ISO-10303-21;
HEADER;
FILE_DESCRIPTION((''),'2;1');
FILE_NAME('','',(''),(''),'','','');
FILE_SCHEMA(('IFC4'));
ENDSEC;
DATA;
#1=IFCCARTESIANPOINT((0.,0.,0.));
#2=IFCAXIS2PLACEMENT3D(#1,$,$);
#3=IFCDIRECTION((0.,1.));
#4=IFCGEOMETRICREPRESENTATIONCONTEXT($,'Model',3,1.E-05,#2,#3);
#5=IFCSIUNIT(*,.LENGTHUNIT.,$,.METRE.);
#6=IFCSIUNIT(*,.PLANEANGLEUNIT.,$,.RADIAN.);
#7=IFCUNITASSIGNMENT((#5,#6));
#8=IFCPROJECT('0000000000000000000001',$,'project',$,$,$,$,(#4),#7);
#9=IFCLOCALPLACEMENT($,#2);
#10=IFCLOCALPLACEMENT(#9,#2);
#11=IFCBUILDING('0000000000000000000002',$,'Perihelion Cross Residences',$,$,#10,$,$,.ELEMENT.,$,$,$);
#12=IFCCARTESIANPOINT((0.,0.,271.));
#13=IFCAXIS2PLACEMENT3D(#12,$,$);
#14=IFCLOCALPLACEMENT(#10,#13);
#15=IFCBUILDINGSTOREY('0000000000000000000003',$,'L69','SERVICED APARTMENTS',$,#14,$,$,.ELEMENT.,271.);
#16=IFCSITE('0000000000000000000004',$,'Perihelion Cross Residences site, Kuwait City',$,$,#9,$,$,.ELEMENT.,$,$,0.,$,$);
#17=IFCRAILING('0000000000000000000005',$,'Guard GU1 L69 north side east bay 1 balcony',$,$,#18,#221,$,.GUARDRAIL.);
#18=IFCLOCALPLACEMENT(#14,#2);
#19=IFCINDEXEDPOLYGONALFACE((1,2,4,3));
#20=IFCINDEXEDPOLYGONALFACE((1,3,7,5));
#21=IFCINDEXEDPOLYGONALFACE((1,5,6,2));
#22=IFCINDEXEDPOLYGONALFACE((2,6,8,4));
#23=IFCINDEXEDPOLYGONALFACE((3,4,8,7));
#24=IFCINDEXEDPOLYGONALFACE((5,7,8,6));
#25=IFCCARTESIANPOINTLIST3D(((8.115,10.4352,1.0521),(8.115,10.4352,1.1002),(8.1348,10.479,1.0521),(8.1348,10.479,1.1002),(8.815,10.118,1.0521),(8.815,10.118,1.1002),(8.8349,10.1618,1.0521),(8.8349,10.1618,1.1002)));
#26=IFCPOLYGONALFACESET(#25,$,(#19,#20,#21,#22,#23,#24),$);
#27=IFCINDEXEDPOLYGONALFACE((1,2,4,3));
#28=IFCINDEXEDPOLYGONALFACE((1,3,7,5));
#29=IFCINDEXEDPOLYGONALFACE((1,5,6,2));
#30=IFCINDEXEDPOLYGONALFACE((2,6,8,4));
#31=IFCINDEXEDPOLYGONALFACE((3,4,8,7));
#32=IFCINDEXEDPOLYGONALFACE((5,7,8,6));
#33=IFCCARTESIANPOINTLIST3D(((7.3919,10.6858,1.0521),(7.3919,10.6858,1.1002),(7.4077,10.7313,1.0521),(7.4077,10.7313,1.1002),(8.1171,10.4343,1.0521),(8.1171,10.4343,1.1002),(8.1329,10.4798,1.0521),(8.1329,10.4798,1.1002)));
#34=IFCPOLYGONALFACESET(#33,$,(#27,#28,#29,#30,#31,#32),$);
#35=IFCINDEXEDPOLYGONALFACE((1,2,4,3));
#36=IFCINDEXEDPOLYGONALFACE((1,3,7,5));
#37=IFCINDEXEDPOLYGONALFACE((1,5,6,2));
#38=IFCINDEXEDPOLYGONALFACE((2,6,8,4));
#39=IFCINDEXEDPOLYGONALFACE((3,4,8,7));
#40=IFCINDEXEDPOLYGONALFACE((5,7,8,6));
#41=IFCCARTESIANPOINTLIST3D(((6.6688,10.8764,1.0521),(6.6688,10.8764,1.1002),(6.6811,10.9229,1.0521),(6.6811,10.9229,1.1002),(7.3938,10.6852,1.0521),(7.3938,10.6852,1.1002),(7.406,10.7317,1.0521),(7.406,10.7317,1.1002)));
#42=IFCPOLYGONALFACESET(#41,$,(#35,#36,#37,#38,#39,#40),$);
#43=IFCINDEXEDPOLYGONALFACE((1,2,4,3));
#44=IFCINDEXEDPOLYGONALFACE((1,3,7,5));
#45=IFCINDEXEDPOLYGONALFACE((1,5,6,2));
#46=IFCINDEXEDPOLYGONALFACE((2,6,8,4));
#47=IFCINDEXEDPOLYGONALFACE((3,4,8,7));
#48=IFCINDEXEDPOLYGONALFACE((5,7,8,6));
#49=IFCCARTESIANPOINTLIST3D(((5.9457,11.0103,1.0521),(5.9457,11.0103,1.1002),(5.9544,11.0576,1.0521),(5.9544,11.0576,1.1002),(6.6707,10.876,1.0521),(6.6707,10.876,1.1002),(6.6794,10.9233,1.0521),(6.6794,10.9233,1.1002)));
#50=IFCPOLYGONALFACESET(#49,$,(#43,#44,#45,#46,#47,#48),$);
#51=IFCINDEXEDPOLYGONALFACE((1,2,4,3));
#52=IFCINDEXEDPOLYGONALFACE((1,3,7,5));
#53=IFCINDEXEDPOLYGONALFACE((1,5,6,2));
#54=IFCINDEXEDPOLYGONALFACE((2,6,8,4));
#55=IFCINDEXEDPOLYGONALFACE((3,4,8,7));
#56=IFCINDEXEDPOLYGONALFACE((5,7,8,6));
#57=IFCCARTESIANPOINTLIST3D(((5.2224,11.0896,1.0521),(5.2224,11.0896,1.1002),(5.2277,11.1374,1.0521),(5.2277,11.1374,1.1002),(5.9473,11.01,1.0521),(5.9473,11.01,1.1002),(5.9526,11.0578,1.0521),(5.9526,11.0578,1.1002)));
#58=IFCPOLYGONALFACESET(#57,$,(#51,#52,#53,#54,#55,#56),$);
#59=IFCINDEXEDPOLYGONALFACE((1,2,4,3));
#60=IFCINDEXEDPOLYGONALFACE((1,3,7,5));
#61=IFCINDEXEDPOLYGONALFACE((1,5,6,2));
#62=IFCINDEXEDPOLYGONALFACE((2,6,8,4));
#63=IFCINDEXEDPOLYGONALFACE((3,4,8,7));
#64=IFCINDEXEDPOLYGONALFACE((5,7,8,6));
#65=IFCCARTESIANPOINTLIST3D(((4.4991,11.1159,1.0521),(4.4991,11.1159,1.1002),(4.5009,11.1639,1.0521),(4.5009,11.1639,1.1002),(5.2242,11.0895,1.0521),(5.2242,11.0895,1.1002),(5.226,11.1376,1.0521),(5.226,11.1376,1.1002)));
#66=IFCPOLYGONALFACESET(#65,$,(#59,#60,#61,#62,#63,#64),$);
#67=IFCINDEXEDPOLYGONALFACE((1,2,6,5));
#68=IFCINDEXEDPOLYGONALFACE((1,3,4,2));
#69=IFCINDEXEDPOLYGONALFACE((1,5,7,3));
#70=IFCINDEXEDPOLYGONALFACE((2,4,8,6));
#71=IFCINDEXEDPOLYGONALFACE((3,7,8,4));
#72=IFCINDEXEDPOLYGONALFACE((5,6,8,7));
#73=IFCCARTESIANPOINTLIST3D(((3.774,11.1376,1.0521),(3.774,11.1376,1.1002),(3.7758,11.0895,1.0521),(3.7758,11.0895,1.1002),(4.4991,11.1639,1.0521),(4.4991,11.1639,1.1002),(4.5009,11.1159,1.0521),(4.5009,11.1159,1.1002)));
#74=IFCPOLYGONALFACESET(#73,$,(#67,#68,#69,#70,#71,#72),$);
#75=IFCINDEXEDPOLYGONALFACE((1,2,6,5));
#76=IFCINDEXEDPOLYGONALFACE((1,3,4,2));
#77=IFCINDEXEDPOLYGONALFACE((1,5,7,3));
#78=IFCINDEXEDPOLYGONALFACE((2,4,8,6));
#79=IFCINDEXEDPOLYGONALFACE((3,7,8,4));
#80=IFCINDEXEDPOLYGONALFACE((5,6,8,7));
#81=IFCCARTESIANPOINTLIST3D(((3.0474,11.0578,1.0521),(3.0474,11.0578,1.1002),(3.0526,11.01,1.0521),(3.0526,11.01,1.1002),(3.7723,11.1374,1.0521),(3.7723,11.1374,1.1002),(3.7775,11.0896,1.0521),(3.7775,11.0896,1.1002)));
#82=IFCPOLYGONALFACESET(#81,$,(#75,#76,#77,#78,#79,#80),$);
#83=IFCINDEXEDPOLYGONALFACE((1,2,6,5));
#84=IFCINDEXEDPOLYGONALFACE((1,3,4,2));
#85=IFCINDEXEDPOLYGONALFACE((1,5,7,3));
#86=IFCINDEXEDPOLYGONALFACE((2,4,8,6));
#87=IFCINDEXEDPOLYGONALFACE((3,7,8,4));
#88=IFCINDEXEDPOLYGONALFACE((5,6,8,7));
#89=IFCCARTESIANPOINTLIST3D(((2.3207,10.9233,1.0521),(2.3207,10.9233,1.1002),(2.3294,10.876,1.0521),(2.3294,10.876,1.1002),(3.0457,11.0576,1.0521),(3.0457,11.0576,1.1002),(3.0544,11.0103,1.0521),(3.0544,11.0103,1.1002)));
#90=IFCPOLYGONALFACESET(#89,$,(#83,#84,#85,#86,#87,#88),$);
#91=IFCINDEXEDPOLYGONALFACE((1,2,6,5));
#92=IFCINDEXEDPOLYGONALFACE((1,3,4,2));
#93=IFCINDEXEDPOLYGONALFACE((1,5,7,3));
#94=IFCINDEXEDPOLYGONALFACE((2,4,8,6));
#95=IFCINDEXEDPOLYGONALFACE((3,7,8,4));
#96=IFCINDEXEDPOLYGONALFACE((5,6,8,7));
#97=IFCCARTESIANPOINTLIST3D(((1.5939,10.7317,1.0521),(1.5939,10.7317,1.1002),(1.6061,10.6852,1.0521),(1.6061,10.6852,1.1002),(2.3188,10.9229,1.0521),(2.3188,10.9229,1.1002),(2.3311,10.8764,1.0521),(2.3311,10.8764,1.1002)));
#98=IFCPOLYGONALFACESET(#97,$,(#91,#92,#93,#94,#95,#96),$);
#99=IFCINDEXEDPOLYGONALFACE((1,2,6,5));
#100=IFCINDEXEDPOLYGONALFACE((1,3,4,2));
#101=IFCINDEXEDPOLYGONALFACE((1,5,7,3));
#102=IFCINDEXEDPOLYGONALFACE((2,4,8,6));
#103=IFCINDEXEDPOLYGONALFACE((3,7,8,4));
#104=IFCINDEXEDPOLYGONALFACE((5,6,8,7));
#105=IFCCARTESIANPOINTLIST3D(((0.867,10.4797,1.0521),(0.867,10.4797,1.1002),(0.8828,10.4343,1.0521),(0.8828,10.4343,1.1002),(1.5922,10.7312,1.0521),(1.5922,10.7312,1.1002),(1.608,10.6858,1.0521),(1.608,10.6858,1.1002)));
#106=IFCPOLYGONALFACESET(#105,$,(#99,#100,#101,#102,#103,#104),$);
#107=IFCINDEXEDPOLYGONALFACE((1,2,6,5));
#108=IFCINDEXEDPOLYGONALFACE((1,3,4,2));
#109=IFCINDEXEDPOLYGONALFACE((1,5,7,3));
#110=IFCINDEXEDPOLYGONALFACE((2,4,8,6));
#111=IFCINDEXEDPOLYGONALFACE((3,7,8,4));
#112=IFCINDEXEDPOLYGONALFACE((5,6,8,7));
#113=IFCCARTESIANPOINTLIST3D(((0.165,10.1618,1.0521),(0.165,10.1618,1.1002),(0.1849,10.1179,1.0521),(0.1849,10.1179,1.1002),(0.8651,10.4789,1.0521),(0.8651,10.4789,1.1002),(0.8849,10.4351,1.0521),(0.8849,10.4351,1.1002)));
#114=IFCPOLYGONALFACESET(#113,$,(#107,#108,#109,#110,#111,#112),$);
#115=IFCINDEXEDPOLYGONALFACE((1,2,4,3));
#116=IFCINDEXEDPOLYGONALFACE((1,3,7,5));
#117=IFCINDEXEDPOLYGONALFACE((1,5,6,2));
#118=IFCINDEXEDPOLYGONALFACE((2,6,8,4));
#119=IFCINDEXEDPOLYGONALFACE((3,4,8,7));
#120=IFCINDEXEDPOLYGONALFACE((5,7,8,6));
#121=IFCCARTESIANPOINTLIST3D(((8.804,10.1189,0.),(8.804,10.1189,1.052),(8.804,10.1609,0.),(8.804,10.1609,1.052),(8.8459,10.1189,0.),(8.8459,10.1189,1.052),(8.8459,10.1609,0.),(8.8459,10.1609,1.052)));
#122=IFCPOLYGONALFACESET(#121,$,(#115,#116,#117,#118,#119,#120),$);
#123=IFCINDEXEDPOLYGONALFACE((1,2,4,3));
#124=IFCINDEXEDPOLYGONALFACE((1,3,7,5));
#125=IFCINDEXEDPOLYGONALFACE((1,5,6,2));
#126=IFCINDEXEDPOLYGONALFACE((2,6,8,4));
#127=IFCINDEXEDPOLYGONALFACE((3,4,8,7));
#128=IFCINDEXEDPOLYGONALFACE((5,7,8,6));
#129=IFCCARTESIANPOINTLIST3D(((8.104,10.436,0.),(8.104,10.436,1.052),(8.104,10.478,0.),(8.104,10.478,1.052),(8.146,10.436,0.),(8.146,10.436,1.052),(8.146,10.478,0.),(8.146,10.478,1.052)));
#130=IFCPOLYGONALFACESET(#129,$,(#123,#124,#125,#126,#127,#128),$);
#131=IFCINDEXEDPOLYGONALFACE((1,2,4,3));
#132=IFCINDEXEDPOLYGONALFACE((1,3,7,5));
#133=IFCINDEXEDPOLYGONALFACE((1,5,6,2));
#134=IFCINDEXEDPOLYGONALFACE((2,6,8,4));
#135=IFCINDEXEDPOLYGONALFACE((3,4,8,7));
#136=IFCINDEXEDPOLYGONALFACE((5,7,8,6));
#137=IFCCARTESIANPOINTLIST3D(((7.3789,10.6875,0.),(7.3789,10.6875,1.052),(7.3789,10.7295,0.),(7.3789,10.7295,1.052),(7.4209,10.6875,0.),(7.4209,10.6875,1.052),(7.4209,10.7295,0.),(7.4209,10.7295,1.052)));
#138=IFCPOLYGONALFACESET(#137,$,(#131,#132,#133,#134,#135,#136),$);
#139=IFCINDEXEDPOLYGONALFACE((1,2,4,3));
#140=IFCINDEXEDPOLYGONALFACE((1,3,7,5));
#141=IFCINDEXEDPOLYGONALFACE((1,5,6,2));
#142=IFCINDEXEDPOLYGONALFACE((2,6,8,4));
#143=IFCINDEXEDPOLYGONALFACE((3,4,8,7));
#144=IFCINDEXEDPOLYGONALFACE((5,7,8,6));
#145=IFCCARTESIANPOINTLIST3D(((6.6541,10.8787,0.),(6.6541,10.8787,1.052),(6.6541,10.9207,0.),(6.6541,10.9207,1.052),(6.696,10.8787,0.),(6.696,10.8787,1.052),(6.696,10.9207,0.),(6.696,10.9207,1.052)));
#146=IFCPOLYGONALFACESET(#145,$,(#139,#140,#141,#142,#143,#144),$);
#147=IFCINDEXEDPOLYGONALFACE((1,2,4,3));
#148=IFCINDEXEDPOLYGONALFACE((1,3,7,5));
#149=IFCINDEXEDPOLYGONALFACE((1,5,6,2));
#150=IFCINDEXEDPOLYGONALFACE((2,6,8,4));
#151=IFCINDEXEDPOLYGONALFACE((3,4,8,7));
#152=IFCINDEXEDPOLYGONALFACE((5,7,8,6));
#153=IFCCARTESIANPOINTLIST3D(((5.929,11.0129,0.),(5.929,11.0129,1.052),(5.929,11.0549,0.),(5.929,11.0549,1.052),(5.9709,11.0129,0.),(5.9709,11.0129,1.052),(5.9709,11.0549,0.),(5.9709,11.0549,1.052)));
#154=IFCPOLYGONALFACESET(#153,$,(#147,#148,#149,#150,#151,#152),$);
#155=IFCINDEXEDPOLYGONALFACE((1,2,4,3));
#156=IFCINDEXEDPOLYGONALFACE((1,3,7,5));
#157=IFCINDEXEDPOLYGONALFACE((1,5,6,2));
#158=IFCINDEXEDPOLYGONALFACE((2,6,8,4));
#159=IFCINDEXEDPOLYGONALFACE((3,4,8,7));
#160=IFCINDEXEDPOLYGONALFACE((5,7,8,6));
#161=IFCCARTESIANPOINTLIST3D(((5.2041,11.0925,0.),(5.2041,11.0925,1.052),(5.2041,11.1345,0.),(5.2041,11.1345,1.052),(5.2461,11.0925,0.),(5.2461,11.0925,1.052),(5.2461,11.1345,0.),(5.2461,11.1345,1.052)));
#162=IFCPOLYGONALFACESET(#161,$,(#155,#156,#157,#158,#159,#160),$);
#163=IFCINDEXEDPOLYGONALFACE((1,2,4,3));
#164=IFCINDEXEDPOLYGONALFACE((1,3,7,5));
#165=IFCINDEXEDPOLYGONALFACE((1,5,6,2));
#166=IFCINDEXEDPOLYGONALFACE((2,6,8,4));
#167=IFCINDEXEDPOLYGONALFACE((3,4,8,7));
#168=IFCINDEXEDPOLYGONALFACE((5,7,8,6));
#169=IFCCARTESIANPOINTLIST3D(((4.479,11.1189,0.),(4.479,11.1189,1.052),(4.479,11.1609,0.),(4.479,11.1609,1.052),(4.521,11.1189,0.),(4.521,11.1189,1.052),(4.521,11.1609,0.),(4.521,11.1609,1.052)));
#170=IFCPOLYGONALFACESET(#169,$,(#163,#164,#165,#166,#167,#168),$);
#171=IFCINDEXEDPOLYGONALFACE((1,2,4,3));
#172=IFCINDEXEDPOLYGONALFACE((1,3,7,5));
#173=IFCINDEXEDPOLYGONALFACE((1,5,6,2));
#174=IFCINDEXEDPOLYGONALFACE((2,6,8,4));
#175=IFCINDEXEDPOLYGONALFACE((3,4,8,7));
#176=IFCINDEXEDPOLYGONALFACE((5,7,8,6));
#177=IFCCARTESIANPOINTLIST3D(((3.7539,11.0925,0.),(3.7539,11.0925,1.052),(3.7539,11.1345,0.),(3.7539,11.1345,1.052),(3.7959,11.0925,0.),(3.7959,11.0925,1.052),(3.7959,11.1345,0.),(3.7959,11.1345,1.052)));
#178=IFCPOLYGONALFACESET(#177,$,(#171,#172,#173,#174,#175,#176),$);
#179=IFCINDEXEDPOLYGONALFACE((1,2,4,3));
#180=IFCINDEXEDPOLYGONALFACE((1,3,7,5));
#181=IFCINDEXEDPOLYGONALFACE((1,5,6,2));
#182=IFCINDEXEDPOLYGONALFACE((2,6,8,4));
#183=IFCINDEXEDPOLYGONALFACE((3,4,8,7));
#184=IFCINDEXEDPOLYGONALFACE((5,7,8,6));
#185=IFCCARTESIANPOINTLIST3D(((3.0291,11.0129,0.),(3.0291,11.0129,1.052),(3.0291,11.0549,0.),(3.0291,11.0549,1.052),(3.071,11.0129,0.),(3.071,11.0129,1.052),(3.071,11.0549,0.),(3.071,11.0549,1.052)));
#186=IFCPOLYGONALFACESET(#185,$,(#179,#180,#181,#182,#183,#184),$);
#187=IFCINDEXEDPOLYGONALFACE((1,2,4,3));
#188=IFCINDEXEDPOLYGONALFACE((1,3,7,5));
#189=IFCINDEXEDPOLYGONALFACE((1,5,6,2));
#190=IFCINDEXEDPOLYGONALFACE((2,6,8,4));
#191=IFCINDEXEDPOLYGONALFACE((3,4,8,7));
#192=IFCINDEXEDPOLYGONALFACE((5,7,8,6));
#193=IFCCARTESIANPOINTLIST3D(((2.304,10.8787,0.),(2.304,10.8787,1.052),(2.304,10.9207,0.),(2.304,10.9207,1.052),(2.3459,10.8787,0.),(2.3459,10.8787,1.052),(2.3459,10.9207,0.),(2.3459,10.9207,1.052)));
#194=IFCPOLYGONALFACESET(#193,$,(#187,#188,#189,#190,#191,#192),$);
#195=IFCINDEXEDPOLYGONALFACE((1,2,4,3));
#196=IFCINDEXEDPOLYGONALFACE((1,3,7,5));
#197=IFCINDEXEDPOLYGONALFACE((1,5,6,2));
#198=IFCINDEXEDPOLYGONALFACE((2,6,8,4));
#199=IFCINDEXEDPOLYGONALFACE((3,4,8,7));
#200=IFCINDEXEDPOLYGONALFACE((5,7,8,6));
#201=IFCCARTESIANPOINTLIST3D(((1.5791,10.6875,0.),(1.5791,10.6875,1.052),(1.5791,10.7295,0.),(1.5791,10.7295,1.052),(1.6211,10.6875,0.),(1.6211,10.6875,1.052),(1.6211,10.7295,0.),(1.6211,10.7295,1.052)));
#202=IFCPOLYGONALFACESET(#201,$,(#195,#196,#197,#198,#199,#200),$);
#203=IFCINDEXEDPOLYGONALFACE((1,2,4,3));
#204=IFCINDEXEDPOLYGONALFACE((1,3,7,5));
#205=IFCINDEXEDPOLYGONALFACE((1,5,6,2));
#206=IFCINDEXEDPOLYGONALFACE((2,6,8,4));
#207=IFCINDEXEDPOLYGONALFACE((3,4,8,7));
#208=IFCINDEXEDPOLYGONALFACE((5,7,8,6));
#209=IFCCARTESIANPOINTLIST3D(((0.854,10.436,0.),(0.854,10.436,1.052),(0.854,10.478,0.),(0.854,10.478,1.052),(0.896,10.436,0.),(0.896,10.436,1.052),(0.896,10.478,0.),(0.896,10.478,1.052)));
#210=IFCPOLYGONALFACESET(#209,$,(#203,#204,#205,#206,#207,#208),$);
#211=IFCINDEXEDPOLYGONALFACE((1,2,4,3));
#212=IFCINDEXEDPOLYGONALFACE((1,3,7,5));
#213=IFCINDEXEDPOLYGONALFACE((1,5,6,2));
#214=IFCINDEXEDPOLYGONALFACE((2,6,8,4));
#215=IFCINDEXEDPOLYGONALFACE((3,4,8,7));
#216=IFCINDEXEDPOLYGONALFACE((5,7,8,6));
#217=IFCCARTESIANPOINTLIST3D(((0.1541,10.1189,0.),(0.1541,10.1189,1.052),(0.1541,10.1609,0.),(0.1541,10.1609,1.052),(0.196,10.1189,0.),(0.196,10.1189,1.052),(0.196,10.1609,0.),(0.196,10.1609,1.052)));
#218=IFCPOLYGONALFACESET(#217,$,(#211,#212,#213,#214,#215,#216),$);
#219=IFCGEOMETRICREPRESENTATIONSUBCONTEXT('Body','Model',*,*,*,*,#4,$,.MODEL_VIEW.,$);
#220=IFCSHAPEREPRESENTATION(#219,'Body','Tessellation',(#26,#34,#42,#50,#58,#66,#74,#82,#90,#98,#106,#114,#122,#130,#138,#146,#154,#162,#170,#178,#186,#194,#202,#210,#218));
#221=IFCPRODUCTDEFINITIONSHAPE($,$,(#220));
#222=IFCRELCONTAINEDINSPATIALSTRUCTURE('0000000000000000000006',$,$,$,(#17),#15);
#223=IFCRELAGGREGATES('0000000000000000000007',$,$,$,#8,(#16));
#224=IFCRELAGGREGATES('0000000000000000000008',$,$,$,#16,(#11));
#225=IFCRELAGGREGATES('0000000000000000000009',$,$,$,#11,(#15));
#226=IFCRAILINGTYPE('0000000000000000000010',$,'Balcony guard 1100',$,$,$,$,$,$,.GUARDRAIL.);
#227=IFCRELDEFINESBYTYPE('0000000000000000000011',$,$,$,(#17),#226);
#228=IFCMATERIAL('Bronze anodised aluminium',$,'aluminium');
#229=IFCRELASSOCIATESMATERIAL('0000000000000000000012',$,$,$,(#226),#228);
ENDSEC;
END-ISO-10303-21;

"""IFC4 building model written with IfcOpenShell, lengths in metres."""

from ifc_helpers import new_model, si_unit, direction, frame, origin, origin_2d, place, context, subcontext, project, spatial, rectangle, extrude, material, type_object, element, save


model = new_model("IFC4")

# Units and contexts
model_context = context("Model", 3, precision=1e-05, world=origin(), true_north=direction((0.0, 1.0)))
body_context = subcontext(model_context, "Body", "Model", "MODEL_VIEW")
ifc_project = project(units=[si_unit("LENGTHUNIT", "METRE"), si_unit("PLANEANGLEUNIT", "RADIAN")], contexts=[model_context])

# Site, building, storey
site_placement = place(None, origin())
site = spatial("IfcSite", under=ifc_project, at=site_placement, Name="Perihelion Cross Residences site, Kuwait City", CompositionType="ELEMENT", RefElevation=0.0)
building_placement = place(site_placement, origin())
building = spatial("IfcBuilding", under=site, at=building_placement, Name="Perihelion Cross Residences", CompositionType="ELEMENT")
storey_placement = place(building_placement, frame((0.0, 0.0, 271.0)))
storey = spatial("IfcBuildingStorey", under=building, at=storey_placement, Name="L69", Description="SERVICED APARTMENTS", CompositionType="ELEMENT", Elevation=271.0)

# Railing
ifc_material_1 = material(Name="Bronze anodised aluminium", Category="aluminium")
railing_type = type_object("IfcRailingType", Name="Balcony guard 1100", PredefinedType="GUARDRAIL", material=ifc_material_1)
railing_placement = place(storey_placement, frame((8.825, 10.1399, 0.0)))
element("IfcRailing", 1, at=railing_placement, inside=storey, type_object=railing_type, Name="Guard GU1 L69 north side east bay 1 balcony", PredefinedType="GUARDRAIL", context=body_context, shape_type="SweptSolid", body=[
    extrude(rectangle(XDim=0.0481, YDim=0.0481, at=origin_2d()), frame((0.0, 0.0, 1.0762), z_axis=(-0.910866, 0.412702, 0.0), x_axis=(-0.412702, -0.910866, 0.0)), (0.0, 0.0, 1.0), 0.7686),
    extrude(rectangle(XDim=0.0481, YDim=0.0481, at=origin_2d()), frame((-0.7, 0.3171, 1.0762), z_axis=(-0.944797, 0.327657, 0.0), x_axis=(-0.327657, -0.944797, 0.0)), (0.0, 0.0, 1.0), 0.7676),
    extrude(rectangle(XDim=0.0481, YDim=0.0481, at=origin_2d()), frame((-1.425, 0.5686, 1.0762), z_axis=(-0.966939, 0.255006, 0.0), x_axis=(-0.255006, -0.966939, 0.0)), (0.0, 0.0, 1.0), 0.7498),
    extrude(rectangle(XDim=0.0481, YDim=0.0481, at=origin_2d()), frame((-2.1499, 0.7598, 1.0762), z_axis=(-0.983282, 0.182089, 0.0), x_axis=(-0.182089, -0.983282, 0.0)), (0.0, 0.0, 1.0), 0.7373),
    extrude(rectangle(XDim=0.0481, YDim=0.0481, at=origin_2d()), frame((-2.875, 0.894, 1.0762), z_axis=(-0.994026, 0.109145, 0.0), x_axis=(-0.109145, -0.994026, 0.0)), (0.0, 0.0, 1.0), 0.7292),
    extrude(rectangle(XDim=0.0481, YDim=0.0481, at=origin_2d()), frame((-3.5999, 0.9736, 1.0762), z_axis=(-0.999339, 0.03634, 0.0), x_axis=(-0.03634, -0.999339, 0.0)), (0.0, 0.0, 1.0), 0.7256),
    extrude(rectangle(XDim=0.0481, YDim=0.0481, at=origin_2d()), frame((-4.325, 1.0, 1.0762), z_axis=(-0.999339, -0.03634, 0.0), x_axis=(0.03634, -0.999339, 0.0)), (0.0, 0.0, 1.0), 0.7256),
    extrude(rectangle(XDim=0.0481, YDim=0.0481, at=origin_2d()), frame((-5.05, 0.9736, 1.0762), z_axis=(-0.994026, -0.109145, 0.0), x_axis=(0.109145, -0.994026, 0.0)), (0.0, 0.0, 1.0), 0.7292),
    extrude(rectangle(XDim=0.0481, YDim=0.0481, at=origin_2d()), frame((-5.7749, 0.894, 1.0762), z_axis=(-0.983282, -0.182089, 0.0), x_axis=(0.182089, -0.983282, 0.0)), (0.0, 0.0, 1.0), 0.7373),
    extrude(rectangle(XDim=0.0481, YDim=0.0481, at=origin_2d()), frame((-6.5, 0.7598, 1.0762), z_axis=(-0.966939, -0.255006, 0.0), x_axis=(0.255006, -0.966939, 0.0)), (0.0, 0.0, 1.0), 0.7498),
    extrude(rectangle(XDim=0.0481, YDim=0.0481, at=origin_2d()), frame((-7.2249, 0.5686, 1.0762), z_axis=(-0.944797, -0.327657, 0.0), x_axis=(0.327657, -0.944797, 0.0)), (0.0, 0.0, 1.0), 0.7676),
    extrude(rectangle(XDim=0.0481, YDim=0.0481, at=origin_2d()), frame((-7.95, 0.3171, 1.0762), z_axis=(-0.910866, -0.412702, 0.0), x_axis=(0.412702, -0.910866, 0.0)), (0.0, 0.0, 1.0), 0.7686),
    extrude(rectangle(XDim=0.042, YDim=0.042, at=origin_2d()), origin(), (0.0, 0.0, 1.0), 1.052),
    extrude(rectangle(XDim=0.042, YDim=0.042, at=origin_2d()), frame((-0.7, 0.3171, 0.0)), (0.0, 0.0, 1.0), 1.052),
    extrude(rectangle(XDim=0.042, YDim=0.042, at=origin_2d()), frame((-1.425, 0.5686, 0.0)), (0.0, 0.0, 1.0), 1.052),
    extrude(rectangle(XDim=0.042, YDim=0.042, at=origin_2d()), frame((-2.1499, 0.7598, 0.0)), (0.0, 0.0, 1.0), 1.052),
    extrude(rectangle(XDim=0.042, YDim=0.042, at=origin_2d()), frame((-2.875, 0.894, 0.0)), (0.0, 0.0, 1.0), 1.052),
    extrude(rectangle(XDim=0.042, YDim=0.042, at=origin_2d()), frame((-3.5999, 0.9736, 0.0)), (0.0, 0.0, 1.0), 1.052),
    extrude(rectangle(XDim=0.042, YDim=0.042, at=origin_2d()), frame((-4.325, 1.0, 0.0)), (0.0, 0.0, 1.0), 1.052),
    extrude(rectangle(XDim=0.042, YDim=0.042, at=origin_2d()), frame((-5.05, 0.9736, 0.0)), (0.0, 0.0, 1.0), 1.052),
    extrude(rectangle(XDim=0.042, YDim=0.042, at=origin_2d()), frame((-5.7749, 0.894, 0.0)), (0.0, 0.0, 1.0), 1.052),
    extrude(rectangle(XDim=0.042, YDim=0.042, at=origin_2d()), frame((-6.5, 0.7598, 0.0)), (0.0, 0.0, 1.0), 1.052),
    extrude(rectangle(XDim=0.042, YDim=0.042, at=origin_2d()), frame((-7.2249, 0.5686, 0.0)), (0.0, 0.0, 1.0), 1.052),
    extrude(rectangle(XDim=0.042, YDim=0.042, at=origin_2d()), frame((-7.95, 0.3171, 0.0)), (0.0, 0.0, 1.0), 1.052),
    extrude(rectangle(XDim=0.042, YDim=0.042, at=origin_2d()), frame((-8.6499, 0.0, 0.0)), (0.0, 0.0, 1.0), 1.052),
])

save(model, "model.ifc")
